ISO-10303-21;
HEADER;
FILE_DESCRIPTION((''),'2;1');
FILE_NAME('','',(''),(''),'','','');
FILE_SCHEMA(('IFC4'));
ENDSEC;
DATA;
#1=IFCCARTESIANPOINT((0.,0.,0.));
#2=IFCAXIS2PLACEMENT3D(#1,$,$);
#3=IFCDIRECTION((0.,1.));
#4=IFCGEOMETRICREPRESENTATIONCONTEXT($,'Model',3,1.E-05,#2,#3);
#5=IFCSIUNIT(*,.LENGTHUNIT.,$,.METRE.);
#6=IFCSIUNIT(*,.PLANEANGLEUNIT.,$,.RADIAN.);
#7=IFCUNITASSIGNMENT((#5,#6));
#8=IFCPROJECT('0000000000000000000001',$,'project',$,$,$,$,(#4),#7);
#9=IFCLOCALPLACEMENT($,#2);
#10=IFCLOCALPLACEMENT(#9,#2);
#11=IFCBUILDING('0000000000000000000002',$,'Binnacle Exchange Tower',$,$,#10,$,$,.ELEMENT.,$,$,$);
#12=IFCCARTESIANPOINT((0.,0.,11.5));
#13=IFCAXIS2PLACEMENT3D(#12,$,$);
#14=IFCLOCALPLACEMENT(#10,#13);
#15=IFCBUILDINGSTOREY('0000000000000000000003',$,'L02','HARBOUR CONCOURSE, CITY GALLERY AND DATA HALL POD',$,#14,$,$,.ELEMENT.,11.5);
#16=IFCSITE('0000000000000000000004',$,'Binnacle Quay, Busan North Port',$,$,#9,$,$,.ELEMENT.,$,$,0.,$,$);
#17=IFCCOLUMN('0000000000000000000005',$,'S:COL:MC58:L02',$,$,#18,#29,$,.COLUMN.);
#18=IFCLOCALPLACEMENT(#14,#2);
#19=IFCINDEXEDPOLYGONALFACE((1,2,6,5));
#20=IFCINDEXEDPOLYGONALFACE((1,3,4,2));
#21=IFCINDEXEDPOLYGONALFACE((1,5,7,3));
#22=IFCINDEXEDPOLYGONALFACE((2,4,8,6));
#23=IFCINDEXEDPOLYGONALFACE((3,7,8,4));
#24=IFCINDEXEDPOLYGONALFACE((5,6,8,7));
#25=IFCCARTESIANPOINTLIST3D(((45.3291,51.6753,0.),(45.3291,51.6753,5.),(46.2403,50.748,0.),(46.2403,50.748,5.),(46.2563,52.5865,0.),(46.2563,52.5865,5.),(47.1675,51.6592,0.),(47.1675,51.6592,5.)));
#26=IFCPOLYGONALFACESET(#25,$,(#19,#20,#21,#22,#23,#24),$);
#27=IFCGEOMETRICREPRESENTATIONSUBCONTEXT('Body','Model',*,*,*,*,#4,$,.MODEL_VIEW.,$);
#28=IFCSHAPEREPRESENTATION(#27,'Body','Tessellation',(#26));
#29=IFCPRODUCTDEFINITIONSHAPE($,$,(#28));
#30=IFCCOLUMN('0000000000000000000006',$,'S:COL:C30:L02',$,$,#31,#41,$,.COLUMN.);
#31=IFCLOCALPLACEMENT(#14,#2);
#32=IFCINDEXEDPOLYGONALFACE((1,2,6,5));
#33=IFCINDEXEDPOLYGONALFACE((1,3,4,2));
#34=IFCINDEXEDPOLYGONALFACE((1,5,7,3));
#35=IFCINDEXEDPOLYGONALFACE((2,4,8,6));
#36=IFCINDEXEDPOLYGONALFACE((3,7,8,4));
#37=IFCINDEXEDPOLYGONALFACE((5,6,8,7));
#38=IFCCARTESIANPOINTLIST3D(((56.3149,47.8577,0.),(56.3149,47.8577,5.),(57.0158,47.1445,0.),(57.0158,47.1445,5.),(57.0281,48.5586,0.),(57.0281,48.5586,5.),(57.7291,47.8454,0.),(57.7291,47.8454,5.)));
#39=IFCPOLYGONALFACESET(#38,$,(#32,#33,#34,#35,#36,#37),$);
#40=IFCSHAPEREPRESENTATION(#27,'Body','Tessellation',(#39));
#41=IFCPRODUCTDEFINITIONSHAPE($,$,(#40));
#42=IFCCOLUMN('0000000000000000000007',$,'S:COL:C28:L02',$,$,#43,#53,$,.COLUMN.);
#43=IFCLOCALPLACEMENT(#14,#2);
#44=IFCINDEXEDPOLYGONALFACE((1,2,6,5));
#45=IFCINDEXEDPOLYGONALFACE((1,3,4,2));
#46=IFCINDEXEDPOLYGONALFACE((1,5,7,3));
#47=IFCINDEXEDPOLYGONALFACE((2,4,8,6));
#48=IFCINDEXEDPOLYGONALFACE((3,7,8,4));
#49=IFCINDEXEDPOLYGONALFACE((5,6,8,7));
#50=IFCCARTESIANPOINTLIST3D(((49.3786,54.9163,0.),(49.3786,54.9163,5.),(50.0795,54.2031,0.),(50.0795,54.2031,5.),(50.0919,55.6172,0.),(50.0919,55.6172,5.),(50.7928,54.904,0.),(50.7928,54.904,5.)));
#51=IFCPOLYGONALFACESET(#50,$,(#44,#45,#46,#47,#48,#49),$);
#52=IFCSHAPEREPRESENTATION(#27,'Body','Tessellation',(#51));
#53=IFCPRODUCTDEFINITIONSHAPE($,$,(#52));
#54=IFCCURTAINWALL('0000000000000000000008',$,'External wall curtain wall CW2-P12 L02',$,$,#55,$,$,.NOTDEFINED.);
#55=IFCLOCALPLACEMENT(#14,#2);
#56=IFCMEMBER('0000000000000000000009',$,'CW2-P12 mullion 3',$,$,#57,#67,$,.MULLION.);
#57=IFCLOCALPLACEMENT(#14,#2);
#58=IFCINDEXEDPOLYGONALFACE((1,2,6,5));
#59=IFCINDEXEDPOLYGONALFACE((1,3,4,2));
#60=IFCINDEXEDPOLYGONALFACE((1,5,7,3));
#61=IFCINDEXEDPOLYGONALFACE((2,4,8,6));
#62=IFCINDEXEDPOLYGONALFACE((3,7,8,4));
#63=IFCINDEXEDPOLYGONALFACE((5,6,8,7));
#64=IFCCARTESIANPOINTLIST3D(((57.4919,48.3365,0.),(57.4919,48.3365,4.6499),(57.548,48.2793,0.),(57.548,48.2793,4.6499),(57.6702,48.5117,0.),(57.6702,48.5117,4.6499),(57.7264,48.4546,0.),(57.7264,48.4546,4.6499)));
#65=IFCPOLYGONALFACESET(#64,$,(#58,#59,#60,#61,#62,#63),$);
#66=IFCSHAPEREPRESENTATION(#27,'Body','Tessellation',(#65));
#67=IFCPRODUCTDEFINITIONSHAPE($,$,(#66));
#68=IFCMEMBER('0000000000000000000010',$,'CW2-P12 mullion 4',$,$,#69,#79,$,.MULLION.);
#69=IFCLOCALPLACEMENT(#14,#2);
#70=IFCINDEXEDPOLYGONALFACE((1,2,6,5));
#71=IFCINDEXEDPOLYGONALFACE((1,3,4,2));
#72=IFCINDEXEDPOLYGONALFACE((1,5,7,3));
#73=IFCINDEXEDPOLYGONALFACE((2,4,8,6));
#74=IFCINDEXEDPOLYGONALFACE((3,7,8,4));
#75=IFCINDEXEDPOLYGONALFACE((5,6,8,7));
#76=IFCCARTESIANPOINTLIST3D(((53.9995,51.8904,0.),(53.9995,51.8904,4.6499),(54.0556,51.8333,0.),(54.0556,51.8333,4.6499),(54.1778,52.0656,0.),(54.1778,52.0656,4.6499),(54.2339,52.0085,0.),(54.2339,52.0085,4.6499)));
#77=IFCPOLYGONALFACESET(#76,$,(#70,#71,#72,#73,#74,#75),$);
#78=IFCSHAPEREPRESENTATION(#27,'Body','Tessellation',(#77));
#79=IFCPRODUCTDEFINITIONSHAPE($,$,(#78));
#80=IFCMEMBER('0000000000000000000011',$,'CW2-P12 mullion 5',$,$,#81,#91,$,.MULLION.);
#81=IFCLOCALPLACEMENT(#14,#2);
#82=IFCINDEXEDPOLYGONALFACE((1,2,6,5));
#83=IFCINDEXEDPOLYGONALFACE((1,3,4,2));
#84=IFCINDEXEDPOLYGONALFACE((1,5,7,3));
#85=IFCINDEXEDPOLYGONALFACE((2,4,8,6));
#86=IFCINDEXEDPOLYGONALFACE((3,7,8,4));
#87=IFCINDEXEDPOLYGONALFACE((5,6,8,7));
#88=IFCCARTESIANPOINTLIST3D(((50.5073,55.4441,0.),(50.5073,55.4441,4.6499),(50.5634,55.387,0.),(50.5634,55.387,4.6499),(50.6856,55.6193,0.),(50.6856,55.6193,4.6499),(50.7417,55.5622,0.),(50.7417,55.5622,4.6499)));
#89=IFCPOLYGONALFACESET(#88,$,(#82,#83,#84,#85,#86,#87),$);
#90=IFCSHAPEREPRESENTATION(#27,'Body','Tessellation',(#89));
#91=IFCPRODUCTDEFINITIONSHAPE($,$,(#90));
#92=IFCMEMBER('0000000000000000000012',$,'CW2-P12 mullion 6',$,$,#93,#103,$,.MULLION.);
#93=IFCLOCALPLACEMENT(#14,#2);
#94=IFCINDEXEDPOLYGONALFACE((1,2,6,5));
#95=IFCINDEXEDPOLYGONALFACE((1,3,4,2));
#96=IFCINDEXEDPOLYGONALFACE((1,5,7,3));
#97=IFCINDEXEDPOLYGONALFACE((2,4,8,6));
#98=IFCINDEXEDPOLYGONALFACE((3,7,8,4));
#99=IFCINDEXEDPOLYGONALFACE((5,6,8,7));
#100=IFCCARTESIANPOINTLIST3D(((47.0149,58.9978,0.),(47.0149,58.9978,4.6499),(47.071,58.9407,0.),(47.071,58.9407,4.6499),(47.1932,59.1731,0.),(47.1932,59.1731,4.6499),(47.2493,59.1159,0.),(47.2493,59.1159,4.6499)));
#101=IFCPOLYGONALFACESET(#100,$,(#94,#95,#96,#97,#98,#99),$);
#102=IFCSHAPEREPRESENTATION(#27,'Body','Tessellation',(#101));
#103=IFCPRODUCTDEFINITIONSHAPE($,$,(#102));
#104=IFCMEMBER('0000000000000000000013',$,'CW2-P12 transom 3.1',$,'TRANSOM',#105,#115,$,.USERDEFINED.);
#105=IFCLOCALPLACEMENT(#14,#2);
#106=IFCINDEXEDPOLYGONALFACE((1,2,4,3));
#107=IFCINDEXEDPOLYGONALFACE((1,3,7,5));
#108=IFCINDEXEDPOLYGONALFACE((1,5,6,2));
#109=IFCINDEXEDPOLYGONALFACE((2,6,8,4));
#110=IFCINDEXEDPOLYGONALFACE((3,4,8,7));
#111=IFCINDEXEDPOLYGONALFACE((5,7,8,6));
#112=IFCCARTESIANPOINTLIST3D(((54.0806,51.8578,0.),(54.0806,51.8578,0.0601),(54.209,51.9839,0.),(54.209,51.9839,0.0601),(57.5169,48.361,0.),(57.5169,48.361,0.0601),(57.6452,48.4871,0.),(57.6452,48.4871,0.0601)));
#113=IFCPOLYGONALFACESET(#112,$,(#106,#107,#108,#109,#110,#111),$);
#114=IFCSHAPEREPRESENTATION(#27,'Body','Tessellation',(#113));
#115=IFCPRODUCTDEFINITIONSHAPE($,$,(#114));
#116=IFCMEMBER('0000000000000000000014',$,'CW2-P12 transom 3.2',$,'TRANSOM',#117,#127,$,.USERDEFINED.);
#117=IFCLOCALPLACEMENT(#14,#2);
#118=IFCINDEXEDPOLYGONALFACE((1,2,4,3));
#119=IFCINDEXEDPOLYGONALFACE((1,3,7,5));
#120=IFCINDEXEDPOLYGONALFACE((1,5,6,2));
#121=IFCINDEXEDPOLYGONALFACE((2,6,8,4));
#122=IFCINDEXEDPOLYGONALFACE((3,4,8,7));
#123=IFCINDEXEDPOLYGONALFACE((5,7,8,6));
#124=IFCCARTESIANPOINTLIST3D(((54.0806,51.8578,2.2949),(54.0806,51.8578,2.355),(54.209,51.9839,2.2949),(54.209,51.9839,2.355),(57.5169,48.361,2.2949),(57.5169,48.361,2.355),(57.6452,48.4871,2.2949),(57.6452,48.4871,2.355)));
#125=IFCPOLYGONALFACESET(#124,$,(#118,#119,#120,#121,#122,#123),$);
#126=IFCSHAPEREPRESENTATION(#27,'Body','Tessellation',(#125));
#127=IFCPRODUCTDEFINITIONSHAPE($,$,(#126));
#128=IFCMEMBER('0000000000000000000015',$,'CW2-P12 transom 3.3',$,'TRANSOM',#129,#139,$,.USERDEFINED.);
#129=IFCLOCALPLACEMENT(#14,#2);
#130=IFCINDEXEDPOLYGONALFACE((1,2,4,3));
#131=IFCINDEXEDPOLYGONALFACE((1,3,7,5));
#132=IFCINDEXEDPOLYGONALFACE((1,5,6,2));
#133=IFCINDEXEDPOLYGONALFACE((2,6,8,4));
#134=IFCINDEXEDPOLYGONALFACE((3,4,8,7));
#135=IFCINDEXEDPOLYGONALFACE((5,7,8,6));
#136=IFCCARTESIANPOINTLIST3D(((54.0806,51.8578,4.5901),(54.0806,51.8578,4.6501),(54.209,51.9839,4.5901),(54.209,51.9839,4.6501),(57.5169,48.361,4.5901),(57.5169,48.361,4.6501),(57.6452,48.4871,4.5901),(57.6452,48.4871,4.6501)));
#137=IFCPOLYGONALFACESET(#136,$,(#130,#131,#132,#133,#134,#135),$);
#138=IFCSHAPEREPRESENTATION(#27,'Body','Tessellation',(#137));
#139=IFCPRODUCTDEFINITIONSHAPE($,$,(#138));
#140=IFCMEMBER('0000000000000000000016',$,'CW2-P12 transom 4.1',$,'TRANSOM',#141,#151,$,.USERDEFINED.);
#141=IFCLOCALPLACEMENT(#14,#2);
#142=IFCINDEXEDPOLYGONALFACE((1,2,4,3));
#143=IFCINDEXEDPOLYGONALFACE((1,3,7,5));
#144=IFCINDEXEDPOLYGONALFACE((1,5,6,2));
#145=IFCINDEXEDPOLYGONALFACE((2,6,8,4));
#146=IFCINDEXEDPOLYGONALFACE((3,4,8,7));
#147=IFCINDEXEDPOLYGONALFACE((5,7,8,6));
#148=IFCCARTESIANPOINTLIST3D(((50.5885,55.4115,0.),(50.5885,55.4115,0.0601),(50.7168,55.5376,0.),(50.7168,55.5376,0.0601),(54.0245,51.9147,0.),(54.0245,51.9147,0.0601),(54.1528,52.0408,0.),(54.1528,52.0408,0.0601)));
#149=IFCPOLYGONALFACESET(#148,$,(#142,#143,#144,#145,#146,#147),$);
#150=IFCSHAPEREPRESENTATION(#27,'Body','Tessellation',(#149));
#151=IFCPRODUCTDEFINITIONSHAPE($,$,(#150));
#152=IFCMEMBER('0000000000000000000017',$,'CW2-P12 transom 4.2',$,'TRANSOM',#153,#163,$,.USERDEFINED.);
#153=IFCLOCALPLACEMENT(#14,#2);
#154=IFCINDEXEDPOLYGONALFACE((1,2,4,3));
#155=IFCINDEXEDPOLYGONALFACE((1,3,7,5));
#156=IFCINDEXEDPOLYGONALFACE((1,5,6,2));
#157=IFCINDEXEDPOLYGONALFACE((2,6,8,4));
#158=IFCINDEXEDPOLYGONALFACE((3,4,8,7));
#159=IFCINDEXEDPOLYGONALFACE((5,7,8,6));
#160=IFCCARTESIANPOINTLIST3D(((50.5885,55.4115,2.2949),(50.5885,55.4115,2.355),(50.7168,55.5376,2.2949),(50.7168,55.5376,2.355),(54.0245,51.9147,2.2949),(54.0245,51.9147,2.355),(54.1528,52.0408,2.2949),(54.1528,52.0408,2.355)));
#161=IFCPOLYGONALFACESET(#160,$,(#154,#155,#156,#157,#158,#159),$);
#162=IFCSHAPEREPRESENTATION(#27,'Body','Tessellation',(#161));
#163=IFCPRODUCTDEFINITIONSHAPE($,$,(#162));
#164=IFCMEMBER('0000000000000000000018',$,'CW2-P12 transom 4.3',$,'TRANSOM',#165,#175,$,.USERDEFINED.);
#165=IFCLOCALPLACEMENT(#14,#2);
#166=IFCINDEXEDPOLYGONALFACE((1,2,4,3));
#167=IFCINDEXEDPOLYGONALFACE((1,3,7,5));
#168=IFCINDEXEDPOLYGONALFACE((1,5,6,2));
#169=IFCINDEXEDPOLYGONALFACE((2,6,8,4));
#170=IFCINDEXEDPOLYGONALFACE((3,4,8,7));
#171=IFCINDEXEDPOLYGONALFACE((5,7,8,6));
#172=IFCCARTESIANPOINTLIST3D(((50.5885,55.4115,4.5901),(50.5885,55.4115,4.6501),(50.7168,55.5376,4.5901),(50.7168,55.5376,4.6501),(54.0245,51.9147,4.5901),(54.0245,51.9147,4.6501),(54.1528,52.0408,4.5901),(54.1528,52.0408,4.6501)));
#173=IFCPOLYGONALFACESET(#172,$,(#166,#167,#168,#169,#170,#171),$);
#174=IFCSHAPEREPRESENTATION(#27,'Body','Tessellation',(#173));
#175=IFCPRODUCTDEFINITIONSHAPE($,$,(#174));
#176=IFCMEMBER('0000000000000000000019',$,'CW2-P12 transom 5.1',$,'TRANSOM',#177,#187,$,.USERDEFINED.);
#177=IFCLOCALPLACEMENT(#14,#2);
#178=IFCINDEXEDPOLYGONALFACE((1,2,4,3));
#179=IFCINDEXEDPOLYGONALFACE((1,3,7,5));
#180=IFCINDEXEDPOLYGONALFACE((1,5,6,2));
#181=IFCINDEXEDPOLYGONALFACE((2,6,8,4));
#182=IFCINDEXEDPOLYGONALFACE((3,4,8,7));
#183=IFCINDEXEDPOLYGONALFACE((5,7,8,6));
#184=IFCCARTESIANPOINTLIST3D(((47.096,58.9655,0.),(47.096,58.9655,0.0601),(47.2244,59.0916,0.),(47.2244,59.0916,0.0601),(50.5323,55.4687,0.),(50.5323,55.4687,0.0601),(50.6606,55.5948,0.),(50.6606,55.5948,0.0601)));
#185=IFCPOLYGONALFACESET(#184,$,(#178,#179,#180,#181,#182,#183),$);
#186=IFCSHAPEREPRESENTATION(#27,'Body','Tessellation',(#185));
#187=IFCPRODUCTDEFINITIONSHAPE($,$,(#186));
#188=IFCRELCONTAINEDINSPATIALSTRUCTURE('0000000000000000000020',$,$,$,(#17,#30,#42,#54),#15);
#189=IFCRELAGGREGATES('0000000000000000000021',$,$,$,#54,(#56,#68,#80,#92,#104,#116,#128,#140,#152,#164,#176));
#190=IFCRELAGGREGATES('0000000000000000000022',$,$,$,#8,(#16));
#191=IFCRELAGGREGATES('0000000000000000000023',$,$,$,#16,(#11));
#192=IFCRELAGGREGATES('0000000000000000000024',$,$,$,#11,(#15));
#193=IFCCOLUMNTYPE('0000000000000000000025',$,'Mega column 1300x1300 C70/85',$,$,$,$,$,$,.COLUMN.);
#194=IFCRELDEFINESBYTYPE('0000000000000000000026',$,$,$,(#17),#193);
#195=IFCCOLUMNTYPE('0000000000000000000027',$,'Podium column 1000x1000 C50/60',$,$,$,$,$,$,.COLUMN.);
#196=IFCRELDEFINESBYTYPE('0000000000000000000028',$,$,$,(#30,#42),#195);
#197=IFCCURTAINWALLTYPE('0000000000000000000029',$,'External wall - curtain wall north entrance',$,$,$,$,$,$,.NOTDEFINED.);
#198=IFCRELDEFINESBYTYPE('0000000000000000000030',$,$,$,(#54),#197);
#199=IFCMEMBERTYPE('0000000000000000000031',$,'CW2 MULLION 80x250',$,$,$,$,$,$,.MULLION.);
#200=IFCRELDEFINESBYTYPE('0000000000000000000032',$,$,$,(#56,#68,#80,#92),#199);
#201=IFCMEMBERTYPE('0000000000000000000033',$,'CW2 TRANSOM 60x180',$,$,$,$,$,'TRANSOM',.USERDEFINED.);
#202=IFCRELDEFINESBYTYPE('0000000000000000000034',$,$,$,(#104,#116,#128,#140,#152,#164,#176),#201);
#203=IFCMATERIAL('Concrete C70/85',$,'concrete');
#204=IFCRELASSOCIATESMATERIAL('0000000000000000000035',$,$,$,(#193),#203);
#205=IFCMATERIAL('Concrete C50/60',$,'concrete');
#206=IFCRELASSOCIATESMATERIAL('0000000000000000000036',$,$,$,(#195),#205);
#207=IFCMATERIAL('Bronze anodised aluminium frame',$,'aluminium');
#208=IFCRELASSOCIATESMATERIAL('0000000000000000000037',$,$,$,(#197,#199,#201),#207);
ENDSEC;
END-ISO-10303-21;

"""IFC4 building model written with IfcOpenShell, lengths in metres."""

from ifc_helpers import new_model, si_unit, direction, frame, origin, origin_2d, place, context, subcontext, project, spatial, rectangle, extrude, material, material_profile, profile_set, type_object, element, aggregate, save


model = new_model("IFC4")

# Units and contexts
model_context = context("Model", 3, precision=1e-05, world=origin(), true_north=direction((0.0, 1.0)))
body_context = subcontext(model_context, "Body", "Model", "MODEL_VIEW")
ifc_project = project(units=[si_unit("LENGTHUNIT", "METRE"), si_unit("PLANEANGLEUNIT", "RADIAN")], contexts=[model_context])

# Site, building, storey
site_placement = place(None, origin())
site = spatial("IfcSite", under=ifc_project, at=site_placement, Name="Binnacle Quay, Busan North Port", CompositionType="ELEMENT", RefElevation=0.0)
building_placement = place(site_placement, origin())
building = spatial("IfcBuilding", under=site, at=building_placement, Name="Binnacle Exchange Tower", CompositionType="ELEMENT")
storey_placement = place(building_placement, frame((0.0, 0.0, 11.5)))
storey = spatial("IfcBuildingStorey", under=building, at=storey_placement, Name="L02", Description="HARBOUR CONCOURSE, CITY GALLERY AND DATA HALL POD", CompositionType="ELEMENT", Elevation=11.5)

# Columns
ifc_material_1 = material(Name="Concrete C70/85", Category="concrete")
ifc_material_profile_1 = material_profile(ifc_material_1, rectangle(XDim=1.3, YDim=1.3, at=origin_2d()), Name="Mega column 1300x1300 C70/85")
ifc_profile_set_1 = profile_set([ifc_material_profile_1], Name="Concrete C70/85")
column_type_1 = type_object("IfcColumnType", Name="Mega column 1300x1300 C70/85", PredefinedType="COLUMN", material=ifc_profile_set_1)
column_placement = place(storey_placement, frame((46.2483, 51.6672, 0.0), z_axis=(0.0, 0.0, 1.0), x_axis=(-0.700909, 0.71325, 0.0)))
element("IfcColumn", 1, at=column_placement, inside=storey, type_object=column_type_1, Name="S:COL:MC58:L02", PredefinedType="COLUMN", context=body_context, shape_type="SweptSolid", body=[
    extrude(rectangle(XDim=1.3, YDim=1.3, at=origin_2d()), origin(), (0.0, 0.0, 1.0), 5.0),
])
ifc_material_2 = material(Name="Concrete C50/60", Category="concrete")
ifc_material_profile_2 = material_profile(ifc_material_2, rectangle(XDim=1.0, YDim=1.0, at=origin_2d()), Name="Podium column 1000x1000 C50/60")
ifc_profile_set_2 = profile_set([ifc_material_profile_2], Name="Concrete C50/60")
column_type_2 = type_object("IfcColumnType", Name="Podium column 1000x1000 C50/60", PredefinedType="COLUMN", material=ifc_profile_set_2)
for number, where, z_axis, x_axis, name in (
    (2, (57.022, 47.8516, 0.0), (0.0, 0.0, 1.0), (-0.700909, 0.71325, 0.0), "S:COL:C30:L02"),
    (3, (50.0857, 54.9102, 0.0), (0.0, 0.0, 1.0), (-0.700909, 0.71325, 0.0), "S:COL:C28:L02"),
):
    element("IfcColumn", number, at=place(storey_placement, frame(where, z_axis=z_axis, x_axis=x_axis)), inside=storey, type_object=column_type_2, Name=name, PredefinedType="COLUMN", context=body_context, shape_type="SweptSolid", body=[
        extrude(rectangle(XDim=1.0, YDim=1.0, at=origin_2d()), origin(), (0.0, 0.0, 1.0), 5.0),
    ])

# Curtain wall, members
ifc_material_3 = material(Name="Bronze anodised aluminium frame", Category="aluminium")
curtain_wall_type = type_object("IfcCurtainWallType", Name="External wall - curtain wall north entrance", PredefinedType="NOTDEFINED", material=ifc_material_3)
curtain_wall_placement = place(storey_placement, origin())
curtain_wall = element("IfcCurtainWall", 4, at=curtain_wall_placement, inside=storey, type_object=curtain_wall_type, Name="External wall curtain wall CW2-P12 L02", PredefinedType="NOTDEFINED")
ifc_material_profile_3 = material_profile(ifc_material_3, rectangle(XDim=0.25, YDim=0.0801, at=origin_2d()), Name="AL 80x250")
ifc_profile_set_3 = profile_set([ifc_material_profile_3], Name="Bronze anodised aluminium frame")
member_type_1 = type_object("IfcMemberType", Name="CW2 MULLION 80x250", PredefinedType="MULLION", material=ifc_profile_set_3)
member_1_placement = place(storey_placement, frame((57.6091, 48.3955, 0.0), z_axis=(0.0, 0.0, 1.0), x_axis=(-0.71325, -0.700909, 0.0)))
member_1 = element("IfcMember", 5, at=member_1_placement, type_object=member_type_1, Name="CW2-P12 mullion 3", PredefinedType="MULLION", context=body_context, shape_type="SweptSolid", body=[
    extrude(rectangle(XDim=0.25, YDim=0.0801, at=origin_2d()), origin(), (0.0, 0.0, 1.0), 4.6499),
])
member_2_placement = place(storey_placement, frame((54.1167, 51.9495, 0.0), z_axis=(0.0, 0.0, 1.0), x_axis=(-0.71325, -0.700909, 0.0)))
member_2 = element("IfcMember", 6, at=member_2_placement, type_object=member_type_1, Name="CW2-P12 mullion 4", PredefinedType="MULLION", context=body_context, shape_type="SweptSolid", body=[
    extrude(rectangle(XDim=0.25, YDim=0.0801, at=origin_2d()), origin(), (0.0, 0.0, 1.0), 4.6499),
])
member_3_placement = place(storey_placement, frame((50.6245, 55.5032, 0.0), z_axis=(0.0, 0.0, 1.0), x_axis=(-0.71325, -0.700909, 0.0)))
member_3 = element("IfcMember", 7, at=member_3_placement, type_object=member_type_1, Name="CW2-P12 mullion 5", PredefinedType="MULLION", context=body_context, shape_type="SweptSolid", body=[
    extrude(rectangle(XDim=0.25, YDim=0.0801, at=origin_2d()), origin(), (0.0, 0.0, 1.0), 4.6499),
])
member_4_placement = place(storey_placement, frame((47.1321, 59.0569, 0.0), z_axis=(0.0, 0.0, 1.0), x_axis=(-0.71325, -0.700909, 0.0)))
member_4 = element("IfcMember", 8, at=member_4_placement, type_object=member_type_1, Name="CW2-P12 mullion 6", PredefinedType="MULLION", context=body_context, shape_type="SweptSolid", body=[
    extrude(rectangle(XDim=0.25, YDim=0.0801, at=origin_2d()), origin(), (0.0, 0.0, 1.0), 4.6499),
])
ifc_material_profile_4 = material_profile(ifc_material_3, rectangle(XDim=0.1799, YDim=0.0601, at=origin_2d()), Name="AL 180x60")
ifc_profile_set_4 = profile_set([ifc_material_profile_4], Name="Bronze anodised aluminium frame")
member_type_2 = type_object("IfcMemberType", Name="CW2 TRANSOM 60x180", ElementType="TRANSOM", PredefinedType="USERDEFINED", material=ifc_profile_set_4)
member_5_placement = place(storey_placement, frame((57.5811, 48.4241, 0.03), z_axis=(-0.700905, 0.713255, 0.0), x_axis=(-0.713255, -0.700905, 0.0)))
member_5 = element("IfcMember", 9, at=member_5_placement, type_object=member_type_2, Name="CW2-P12 transom 3.1", ObjectType="TRANSOM", PredefinedType="USERDEFINED", context=body_context, shape_type="SweptSolid", body=[
    extrude(rectangle(XDim=0.1799, YDim=0.0601, at=origin_2d()), origin(), (0.0, 0.0, 1.0), 4.9026),
])
member_6_placement = place(storey_placement, frame((57.5811, 48.4241, 2.325), z_axis=(-0.700905, 0.713255, 0.0), x_axis=(-0.713255, -0.700905, 0.0)))
member_6 = element("IfcMember", 10, at=member_6_placement, type_object=member_type_2, Name="CW2-P12 transom 3.2", ObjectType="TRANSOM", PredefinedType="USERDEFINED", context=body_context, shape_type="SweptSolid", body=[
    extrude(rectangle(XDim=0.1799, YDim=0.0601, at=origin_2d()), origin(), (0.0, 0.0, 1.0), 4.9026),
])
member_7_placement = place(storey_placement, frame((57.5811, 48.4241, 4.6201), z_axis=(-0.700905, 0.713255, 0.0), x_axis=(-0.713255, -0.700905, 0.0)))
member_7 = element("IfcMember", 11, at=member_7_placement, type_object=member_type_2, Name="CW2-P12 transom 3.3", ObjectType="TRANSOM", PredefinedType="USERDEFINED", context=body_context, shape_type="SweptSolid", body=[
    extrude(rectangle(XDim=0.1799, YDim=0.0601, at=origin_2d()), origin(), (0.0, 0.0, 1.0), 4.9026),
])
member_8_placement = place(storey_placement, frame((54.0886, 51.9778, 0.03), z_axis=(-0.70088, 0.71328, 0.0), x_axis=(-0.71328, -0.70088, 0.0)))
member_8 = element("IfcMember", 12, at=member_8_placement, type_object=member_type_2, Name="CW2-P12 transom 4.1", ObjectType="TRANSOM", PredefinedType="USERDEFINED", context=body_context, shape_type="SweptSolid", body=[
    extrude(rectangle(XDim=0.1799, YDim=0.0601, at=origin_2d()), origin(), (0.0, 0.0, 1.0), 4.9023),
])
member_9_placement = place(storey_placement, frame((54.0886, 51.9778, 2.325), z_axis=(-0.70088, 0.71328, 0.0), x_axis=(-0.71328, -0.70088, 0.0)))
member_9 = element("IfcMember", 13, at=member_9_placement, type_object=member_type_2, Name="CW2-P12 transom 4.2", ObjectType="TRANSOM", PredefinedType="USERDEFINED", context=body_context, shape_type="SweptSolid", body=[
    extrude(rectangle(XDim=0.1799, YDim=0.0601, at=origin_2d()), origin(), (0.0, 0.0, 1.0), 4.9023),
])
member_10_placement = place(storey_placement, frame((54.0886, 51.9778, 4.6201), z_axis=(-0.70088, 0.71328, 0.0), x_axis=(-0.71328, -0.70088, 0.0)))
member_10 = element("IfcMember", 14, at=member_10_placement, type_object=member_type_2, Name="CW2-P12 transom 4.3", ObjectType="TRANSOM", PredefinedType="USERDEFINED", context=body_context, shape_type="SweptSolid", body=[
    extrude(rectangle(XDim=0.1799, YDim=0.0601, at=origin_2d()), origin(), (0.0, 0.0, 1.0), 4.9023),
])
member_11_placement = place(storey_placement, frame((50.5964, 55.5317, 0.03), z_axis=(-0.700905, 0.713255, 0.0), x_axis=(-0.713255, -0.700905, 0.0)))
member_11 = element("IfcMember", 15, at=member_11_placement, type_object=member_type_2, Name="CW2-P12 transom 5.1", ObjectType="TRANSOM", PredefinedType="USERDEFINED", context=body_context, shape_type="SweptSolid", body=[
    extrude(rectangle(XDim=0.1799, YDim=0.0601, at=origin_2d()), origin(), (0.0, 0.0, 1.0), 4.9026),
])

aggregate(curtain_wall, [member_1, member_2, member_3, member_4, member_5, member_6, member_7, member_8, member_9, member_10, member_11])

save(model, "model.ifc")
